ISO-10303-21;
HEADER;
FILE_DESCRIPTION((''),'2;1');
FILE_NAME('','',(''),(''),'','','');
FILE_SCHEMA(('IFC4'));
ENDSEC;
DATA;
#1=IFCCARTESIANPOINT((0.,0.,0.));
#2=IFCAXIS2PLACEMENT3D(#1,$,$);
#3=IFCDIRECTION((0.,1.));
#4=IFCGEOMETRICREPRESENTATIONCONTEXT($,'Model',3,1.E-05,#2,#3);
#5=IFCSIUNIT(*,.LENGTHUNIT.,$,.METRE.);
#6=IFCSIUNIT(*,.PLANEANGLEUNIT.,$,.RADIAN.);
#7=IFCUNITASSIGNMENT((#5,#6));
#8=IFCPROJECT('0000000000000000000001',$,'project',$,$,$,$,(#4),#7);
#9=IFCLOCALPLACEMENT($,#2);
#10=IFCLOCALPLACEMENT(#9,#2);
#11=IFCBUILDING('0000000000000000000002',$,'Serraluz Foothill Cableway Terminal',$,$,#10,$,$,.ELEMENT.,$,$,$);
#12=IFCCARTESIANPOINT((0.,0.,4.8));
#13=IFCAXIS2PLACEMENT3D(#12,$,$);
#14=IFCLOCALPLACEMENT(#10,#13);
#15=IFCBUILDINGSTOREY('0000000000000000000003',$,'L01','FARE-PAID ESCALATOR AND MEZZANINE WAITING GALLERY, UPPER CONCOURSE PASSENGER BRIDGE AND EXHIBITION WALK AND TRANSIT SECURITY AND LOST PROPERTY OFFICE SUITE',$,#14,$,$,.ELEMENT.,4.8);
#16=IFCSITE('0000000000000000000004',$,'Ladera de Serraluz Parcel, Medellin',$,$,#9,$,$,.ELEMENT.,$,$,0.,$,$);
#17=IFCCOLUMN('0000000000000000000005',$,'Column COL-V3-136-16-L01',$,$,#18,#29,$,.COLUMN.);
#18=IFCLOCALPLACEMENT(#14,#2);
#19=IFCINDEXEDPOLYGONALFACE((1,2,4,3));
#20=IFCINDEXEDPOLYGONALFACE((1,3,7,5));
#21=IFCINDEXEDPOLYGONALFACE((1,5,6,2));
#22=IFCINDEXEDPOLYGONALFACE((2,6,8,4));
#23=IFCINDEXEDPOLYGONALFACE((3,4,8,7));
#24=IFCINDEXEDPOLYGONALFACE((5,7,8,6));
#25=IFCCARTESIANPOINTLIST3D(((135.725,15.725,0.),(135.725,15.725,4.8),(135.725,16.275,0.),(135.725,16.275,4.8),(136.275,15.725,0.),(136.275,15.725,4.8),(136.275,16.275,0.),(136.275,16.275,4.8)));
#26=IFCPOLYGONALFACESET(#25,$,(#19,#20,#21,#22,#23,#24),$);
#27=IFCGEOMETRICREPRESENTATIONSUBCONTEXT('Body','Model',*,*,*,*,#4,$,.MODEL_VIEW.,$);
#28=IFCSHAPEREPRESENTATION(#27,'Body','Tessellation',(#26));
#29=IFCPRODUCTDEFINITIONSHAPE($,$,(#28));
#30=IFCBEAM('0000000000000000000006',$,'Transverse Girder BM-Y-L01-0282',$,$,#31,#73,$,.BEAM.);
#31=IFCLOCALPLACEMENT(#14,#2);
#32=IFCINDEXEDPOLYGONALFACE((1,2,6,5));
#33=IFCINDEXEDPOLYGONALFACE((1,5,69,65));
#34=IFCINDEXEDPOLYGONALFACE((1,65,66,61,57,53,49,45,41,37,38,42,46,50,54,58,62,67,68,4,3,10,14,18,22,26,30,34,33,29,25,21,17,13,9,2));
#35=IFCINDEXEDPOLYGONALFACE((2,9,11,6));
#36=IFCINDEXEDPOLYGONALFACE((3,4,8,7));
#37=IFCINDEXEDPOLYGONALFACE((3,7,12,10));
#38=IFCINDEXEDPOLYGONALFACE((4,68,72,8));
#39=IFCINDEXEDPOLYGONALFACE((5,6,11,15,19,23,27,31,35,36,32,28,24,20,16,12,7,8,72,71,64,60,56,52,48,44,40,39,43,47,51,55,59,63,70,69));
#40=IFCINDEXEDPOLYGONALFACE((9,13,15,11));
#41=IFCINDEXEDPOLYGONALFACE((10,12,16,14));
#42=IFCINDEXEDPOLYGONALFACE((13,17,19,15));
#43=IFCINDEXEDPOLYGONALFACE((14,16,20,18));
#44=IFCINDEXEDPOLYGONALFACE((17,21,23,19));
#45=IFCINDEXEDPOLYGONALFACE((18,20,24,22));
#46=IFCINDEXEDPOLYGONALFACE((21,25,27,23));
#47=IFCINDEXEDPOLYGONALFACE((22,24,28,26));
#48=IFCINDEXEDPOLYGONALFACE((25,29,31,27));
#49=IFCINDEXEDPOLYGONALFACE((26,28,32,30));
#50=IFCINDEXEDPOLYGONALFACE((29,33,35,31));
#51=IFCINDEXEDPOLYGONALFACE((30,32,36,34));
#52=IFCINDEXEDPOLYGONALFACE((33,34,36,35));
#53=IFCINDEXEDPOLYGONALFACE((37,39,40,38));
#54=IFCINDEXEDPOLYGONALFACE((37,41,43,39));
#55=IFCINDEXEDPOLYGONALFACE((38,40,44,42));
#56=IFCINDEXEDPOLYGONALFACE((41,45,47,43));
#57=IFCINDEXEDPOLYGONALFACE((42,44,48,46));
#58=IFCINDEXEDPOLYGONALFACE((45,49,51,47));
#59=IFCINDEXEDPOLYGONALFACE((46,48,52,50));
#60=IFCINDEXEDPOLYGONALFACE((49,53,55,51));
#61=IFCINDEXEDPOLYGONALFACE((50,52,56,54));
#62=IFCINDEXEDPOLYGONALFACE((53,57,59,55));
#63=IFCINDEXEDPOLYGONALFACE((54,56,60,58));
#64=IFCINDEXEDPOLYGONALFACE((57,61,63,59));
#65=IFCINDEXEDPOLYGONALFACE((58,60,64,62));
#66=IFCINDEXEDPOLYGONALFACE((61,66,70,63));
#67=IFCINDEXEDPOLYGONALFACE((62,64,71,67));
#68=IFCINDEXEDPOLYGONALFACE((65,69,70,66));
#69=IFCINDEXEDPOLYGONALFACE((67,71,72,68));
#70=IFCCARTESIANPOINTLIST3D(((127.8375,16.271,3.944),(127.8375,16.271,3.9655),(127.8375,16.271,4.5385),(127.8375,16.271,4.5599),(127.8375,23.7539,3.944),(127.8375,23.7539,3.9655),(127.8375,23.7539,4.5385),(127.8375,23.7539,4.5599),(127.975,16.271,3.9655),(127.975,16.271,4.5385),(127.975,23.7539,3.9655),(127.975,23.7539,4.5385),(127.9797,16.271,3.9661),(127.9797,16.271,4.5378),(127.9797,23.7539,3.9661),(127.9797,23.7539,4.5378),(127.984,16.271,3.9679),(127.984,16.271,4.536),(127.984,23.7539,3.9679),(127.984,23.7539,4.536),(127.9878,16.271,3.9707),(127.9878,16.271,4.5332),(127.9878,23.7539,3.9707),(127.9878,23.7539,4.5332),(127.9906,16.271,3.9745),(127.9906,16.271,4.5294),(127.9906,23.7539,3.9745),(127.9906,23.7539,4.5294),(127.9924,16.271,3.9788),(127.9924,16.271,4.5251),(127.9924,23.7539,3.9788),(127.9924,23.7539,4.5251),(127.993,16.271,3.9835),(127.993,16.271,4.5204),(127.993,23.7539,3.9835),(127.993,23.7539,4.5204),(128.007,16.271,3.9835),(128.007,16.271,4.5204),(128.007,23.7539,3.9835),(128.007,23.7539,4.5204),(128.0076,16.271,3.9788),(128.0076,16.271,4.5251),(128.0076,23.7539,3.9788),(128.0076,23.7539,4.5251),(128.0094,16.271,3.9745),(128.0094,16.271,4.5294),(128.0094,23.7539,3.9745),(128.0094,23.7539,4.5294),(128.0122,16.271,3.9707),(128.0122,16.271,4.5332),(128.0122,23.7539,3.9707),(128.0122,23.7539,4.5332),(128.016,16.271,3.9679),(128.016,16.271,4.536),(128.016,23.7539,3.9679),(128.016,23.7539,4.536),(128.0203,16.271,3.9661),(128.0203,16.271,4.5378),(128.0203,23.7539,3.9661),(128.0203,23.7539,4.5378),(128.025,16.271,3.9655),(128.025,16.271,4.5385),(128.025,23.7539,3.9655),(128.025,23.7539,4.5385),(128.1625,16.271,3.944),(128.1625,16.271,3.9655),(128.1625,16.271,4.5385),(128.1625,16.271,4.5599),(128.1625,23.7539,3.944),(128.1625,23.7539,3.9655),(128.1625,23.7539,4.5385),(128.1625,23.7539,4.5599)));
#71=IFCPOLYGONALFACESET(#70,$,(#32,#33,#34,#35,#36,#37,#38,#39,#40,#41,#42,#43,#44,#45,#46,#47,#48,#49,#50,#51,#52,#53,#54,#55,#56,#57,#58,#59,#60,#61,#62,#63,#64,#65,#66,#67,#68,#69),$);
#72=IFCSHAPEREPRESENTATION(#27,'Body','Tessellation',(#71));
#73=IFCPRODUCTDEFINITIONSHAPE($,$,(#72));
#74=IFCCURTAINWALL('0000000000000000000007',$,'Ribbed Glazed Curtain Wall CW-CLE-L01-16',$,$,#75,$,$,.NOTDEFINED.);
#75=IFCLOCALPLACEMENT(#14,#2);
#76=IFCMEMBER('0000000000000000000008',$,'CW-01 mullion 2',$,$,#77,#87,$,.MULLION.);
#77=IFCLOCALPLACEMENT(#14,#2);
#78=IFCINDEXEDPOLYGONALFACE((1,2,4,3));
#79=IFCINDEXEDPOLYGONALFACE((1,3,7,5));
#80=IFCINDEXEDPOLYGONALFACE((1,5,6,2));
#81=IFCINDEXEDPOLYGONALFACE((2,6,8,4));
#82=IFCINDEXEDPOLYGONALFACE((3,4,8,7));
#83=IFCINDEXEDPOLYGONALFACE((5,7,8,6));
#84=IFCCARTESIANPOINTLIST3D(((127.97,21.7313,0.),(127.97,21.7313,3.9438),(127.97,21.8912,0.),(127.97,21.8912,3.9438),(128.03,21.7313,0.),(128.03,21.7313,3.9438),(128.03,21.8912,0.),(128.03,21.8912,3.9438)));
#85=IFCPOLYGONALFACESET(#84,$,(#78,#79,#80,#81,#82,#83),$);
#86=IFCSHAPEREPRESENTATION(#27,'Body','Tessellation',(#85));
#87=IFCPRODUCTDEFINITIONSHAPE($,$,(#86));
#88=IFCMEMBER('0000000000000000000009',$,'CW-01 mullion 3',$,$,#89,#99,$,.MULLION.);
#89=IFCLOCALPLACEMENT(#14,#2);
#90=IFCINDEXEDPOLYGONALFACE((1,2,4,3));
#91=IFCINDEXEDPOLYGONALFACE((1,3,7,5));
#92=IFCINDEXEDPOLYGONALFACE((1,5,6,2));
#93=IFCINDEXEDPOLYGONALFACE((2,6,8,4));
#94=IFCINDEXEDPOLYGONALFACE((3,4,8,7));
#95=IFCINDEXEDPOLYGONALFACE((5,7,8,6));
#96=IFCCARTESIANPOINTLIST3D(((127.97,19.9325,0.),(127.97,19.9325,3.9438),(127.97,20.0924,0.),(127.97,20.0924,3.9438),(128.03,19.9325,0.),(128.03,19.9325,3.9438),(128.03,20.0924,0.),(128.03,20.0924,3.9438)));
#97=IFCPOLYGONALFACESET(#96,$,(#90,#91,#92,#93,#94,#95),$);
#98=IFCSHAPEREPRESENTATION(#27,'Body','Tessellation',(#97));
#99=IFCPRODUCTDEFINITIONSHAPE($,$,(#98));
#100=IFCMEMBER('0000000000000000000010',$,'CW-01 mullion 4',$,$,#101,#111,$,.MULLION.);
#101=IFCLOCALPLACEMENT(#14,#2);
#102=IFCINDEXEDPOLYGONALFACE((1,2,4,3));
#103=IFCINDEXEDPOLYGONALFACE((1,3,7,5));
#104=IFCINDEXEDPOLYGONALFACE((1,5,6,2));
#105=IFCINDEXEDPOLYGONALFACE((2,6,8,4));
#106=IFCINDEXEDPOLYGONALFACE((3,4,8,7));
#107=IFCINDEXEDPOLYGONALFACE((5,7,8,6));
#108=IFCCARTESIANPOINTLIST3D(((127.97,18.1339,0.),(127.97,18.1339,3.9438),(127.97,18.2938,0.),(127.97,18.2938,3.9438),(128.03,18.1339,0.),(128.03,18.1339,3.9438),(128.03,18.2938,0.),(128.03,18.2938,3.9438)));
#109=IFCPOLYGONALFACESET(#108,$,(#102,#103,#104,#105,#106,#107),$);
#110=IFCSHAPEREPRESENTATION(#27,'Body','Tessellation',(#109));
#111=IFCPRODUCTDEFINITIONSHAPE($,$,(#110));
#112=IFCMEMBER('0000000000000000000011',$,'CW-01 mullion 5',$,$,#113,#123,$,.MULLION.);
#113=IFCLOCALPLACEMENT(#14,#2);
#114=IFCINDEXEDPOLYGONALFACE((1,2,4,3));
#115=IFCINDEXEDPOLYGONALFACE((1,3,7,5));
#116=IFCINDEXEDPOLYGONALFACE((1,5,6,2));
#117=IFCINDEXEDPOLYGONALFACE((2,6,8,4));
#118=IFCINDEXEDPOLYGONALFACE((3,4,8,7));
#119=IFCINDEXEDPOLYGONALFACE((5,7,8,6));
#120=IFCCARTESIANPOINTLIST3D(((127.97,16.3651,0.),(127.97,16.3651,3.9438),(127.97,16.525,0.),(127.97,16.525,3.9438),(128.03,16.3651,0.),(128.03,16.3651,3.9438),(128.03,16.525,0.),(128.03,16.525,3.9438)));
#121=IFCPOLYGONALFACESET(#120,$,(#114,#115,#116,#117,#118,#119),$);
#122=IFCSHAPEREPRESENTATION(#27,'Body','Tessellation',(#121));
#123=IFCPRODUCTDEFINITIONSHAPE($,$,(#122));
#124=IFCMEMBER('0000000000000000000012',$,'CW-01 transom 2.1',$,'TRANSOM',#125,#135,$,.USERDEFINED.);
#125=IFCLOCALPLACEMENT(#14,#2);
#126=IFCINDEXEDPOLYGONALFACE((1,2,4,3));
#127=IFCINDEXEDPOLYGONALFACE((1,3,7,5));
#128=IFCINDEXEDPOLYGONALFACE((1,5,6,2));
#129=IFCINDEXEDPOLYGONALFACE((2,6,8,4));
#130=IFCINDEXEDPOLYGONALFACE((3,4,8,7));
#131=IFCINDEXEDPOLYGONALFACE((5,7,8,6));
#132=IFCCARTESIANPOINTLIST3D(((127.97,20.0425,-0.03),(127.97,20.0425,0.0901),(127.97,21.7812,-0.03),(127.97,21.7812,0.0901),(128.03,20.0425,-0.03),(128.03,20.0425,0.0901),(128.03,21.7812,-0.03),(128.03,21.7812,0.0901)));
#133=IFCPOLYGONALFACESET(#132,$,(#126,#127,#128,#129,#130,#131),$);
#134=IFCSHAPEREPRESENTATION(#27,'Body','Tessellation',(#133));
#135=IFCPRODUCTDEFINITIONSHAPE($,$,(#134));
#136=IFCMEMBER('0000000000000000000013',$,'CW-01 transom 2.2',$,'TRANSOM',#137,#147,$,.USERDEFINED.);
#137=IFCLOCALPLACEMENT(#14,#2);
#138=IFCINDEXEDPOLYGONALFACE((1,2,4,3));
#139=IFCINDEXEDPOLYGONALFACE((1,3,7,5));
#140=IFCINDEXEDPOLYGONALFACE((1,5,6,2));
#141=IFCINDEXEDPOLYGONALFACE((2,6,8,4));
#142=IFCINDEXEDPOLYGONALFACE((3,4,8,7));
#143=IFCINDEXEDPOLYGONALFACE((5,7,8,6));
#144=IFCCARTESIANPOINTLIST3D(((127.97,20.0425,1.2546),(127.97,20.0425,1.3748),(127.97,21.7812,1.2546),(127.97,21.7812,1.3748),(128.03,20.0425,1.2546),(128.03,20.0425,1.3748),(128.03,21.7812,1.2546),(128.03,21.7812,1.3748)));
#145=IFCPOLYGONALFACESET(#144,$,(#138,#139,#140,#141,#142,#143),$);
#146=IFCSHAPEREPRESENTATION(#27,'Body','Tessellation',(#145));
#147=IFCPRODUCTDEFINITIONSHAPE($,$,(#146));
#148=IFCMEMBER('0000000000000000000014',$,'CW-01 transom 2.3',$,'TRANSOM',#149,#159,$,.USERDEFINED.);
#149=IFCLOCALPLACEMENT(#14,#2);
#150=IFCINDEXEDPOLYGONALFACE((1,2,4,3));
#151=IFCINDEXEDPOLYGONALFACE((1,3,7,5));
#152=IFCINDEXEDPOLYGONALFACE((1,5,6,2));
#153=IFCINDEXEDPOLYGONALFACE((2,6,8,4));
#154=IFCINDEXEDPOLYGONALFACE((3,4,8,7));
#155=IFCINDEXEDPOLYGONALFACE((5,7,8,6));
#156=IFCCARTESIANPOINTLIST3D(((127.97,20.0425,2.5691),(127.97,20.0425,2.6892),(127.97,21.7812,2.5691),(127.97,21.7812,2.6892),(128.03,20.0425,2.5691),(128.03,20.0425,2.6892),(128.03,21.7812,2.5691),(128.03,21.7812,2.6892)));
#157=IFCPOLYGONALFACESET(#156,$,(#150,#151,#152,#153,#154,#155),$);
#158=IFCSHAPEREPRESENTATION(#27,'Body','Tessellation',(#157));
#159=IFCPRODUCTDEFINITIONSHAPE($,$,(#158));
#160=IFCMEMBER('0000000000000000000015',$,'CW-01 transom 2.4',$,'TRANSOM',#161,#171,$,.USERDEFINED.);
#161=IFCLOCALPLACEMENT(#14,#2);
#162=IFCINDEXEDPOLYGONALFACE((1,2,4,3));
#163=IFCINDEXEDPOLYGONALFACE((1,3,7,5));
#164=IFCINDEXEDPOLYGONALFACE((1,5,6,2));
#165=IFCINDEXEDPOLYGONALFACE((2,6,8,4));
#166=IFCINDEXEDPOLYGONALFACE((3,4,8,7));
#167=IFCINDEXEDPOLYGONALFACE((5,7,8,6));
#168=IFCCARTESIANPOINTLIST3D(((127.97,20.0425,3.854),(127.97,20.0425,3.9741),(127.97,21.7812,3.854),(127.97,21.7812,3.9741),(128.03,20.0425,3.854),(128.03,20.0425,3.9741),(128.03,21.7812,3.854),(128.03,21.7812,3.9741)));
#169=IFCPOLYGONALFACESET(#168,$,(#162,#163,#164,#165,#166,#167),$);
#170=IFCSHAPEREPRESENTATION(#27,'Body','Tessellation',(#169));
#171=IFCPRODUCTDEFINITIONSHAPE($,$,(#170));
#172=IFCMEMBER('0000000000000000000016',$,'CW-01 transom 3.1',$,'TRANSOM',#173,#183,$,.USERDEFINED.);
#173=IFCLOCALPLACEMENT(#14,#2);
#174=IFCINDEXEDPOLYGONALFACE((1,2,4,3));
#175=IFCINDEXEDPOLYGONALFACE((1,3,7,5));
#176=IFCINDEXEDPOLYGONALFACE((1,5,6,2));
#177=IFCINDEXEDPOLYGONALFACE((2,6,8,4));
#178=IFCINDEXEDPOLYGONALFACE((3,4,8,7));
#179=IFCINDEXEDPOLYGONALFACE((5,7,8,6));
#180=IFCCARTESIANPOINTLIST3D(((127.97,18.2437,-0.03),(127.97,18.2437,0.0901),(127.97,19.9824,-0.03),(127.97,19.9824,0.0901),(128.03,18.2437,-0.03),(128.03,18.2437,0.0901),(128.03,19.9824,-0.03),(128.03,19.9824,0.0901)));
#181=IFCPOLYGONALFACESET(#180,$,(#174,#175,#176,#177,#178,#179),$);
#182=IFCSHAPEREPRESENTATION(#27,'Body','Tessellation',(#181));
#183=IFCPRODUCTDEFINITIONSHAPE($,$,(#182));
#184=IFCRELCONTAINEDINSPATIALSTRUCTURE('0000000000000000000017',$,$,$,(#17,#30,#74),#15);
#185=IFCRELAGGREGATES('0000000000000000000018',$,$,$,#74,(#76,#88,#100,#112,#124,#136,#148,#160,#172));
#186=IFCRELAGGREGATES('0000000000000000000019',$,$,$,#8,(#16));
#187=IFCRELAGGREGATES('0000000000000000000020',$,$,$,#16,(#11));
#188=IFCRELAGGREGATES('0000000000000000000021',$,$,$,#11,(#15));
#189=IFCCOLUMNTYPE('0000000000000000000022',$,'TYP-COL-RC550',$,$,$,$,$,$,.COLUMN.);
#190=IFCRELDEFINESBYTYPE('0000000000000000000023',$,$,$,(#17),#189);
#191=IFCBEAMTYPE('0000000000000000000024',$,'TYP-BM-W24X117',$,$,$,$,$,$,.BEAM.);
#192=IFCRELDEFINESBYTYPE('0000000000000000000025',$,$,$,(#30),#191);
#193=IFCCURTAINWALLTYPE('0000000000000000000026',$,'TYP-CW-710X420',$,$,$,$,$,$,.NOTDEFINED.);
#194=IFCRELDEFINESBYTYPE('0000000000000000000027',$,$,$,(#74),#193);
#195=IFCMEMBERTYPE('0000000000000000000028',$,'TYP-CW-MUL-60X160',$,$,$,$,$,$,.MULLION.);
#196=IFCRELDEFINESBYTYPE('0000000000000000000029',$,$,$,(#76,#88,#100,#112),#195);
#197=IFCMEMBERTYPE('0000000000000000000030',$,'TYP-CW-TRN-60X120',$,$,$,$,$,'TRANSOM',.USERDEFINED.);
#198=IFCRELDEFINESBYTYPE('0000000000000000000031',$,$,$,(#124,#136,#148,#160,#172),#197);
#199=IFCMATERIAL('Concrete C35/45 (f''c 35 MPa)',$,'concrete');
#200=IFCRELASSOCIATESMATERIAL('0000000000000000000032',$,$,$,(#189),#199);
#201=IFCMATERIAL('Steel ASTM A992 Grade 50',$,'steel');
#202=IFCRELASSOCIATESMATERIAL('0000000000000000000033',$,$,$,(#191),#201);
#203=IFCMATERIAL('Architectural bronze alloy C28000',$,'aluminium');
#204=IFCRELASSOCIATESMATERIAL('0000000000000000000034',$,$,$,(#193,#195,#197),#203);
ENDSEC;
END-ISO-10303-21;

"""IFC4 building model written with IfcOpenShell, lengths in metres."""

from ifc_helpers import new_model, si_unit, direction, frame, origin, origin_2d, place, context, subcontext, project, spatial, rectangle, i_section, extrude, material, material_profile, profile_set, type_object, element, aggregate, save


model = new_model("IFC4")

# Units and contexts
model_context = context("Model", 3, precision=1e-05, world=origin(), true_north=direction((0.0, 1.0)))
body_context = subcontext(model_context, "Body", "Model", "MODEL_VIEW")
ifc_project = project(units=[si_unit("LENGTHUNIT", "METRE"), si_unit("PLANEANGLEUNIT", "RADIAN")], contexts=[model_context])

# Site, building, storey
site_placement = place(None, origin())
site = spatial("IfcSite", under=ifc_project, at=site_placement, Name="Ladera de Serraluz Parcel, Medellin", CompositionType="ELEMENT", RefElevation=0.0)
building_placement = place(site_placement, origin())
building = spatial("IfcBuilding", under=site, at=building_placement, Name="Serraluz Foothill Cableway Terminal", CompositionType="ELEMENT")
storey_placement = place(building_placement, frame((0.0, 0.0, 4.8)))
storey = spatial("IfcBuildingStorey", under=building, at=storey_placement, Name="L01", Description="FARE-PAID ESCALATOR AND MEZZANINE WAITING GALLERY, UPPER CONCOURSE PASSENGER BRIDGE AND EXHIBITION WALK AND TRANSIT SECURITY AND LOST PROPERTY OFFICE SUITE", CompositionType="ELEMENT", Elevation=4.8)

# Column
ifc_material_1 = material(Name="Concrete C35/45 (f'c 35 MPa)", Category="concrete")
ifc_material_profile_1 = material_profile(ifc_material_1, rectangle(XDim=0.55, YDim=0.55, at=origin_2d()), Name="RC 550x550")
ifc_profile_set_1 = profile_set([ifc_material_profile_1], Name="Concrete C35/45 (f'c 35 MPa)")
column_type = type_object("IfcColumnType", Name="TYP-COL-RC550", PredefinedType="COLUMN", material=ifc_profile_set_1)
column_placement = place(storey_placement, frame((136.0, 16.0, 0.0), z_axis=(0.0, 0.0, 1.0), x_axis=(1.0, 0.0, 0.0)))
element("IfcColumn", 1, at=column_placement, inside=storey, type_object=column_type, Name="Column COL-V3-136-16-L01", PredefinedType="COLUMN", context=body_context, shape_type="SweptSolid", body=[
    extrude(rectangle(XDim=0.55, YDim=0.55, at=origin_2d()), origin(), (0.0, 0.0, 1.0), 4.8),
])

# Beam
ifc_material_2 = material(Name="Steel ASTM A992 Grade 50", Category="steel")
ifc_material_profile_2 = material_profile(ifc_material_2, i_section(OverallWidth=0.325, OverallDepth=0.616, WebThickness=0.0139, FlangeThickness=0.0215, FilletRadius=0.0181, at=origin_2d()), Name="W24X117")
ifc_profile_set_2 = profile_set([ifc_material_profile_2], Name="Steel ASTM A992 Grade 50")
beam_type_1 = type_object("IfcBeamType", Name="TYP-BM-W24X117", PredefinedType="BEAM", material=ifc_profile_set_2)
beam_1_placement = place(storey_placement, frame((128.0, 16.271, 4.252), z_axis=(0.0, 1.0, 0.0), x_axis=(-1.0, 0.0, 0.0)))
element("IfcBeam", 2, at=beam_1_placement, inside=storey, type_object=beam_type_1, Name="Transverse Girder BM-Y-L01-0282", PredefinedType="BEAM", context=body_context, shape_type="SweptSolid", body=[
    extrude(i_section(OverallWidth=0.325, OverallDepth=0.616, WebThickness=0.0139, FlangeThickness=0.0215, FilletRadius=0.0181, at=origin_2d()), origin(), (0.0, 0.0, 1.0), 7.4829),
])

# Curtain wall, members
ifc_material_3 = material(Name="Architectural bronze alloy C28000", Category="aluminium")
curtain_wall_type = type_object("IfcCurtainWallType", Name="TYP-CW-710X420", PredefinedType="NOTDEFINED", material=ifc_material_3)
curtain_wall_placement = place(storey_placement, origin())
curtain_wall = element("IfcCurtainWall", 3, at=curtain_wall_placement, inside=storey, type_object=curtain_wall_type, Name="Ribbed Glazed Curtain Wall CW-CLE-L01-16", PredefinedType="NOTDEFINED")
ifc_material_profile_3 = material_profile(ifc_material_3, rectangle(XDim=0.0601, YDim=0.1599, at=origin_2d()), Name="ALU MULLION 60x160")
ifc_profile_set_3 = profile_set([ifc_material_profile_3], Name="Architectural bronze alloy C28000")
member_type_1 = type_object("IfcMemberType", Name="TYP-CW-MUL-60X160", PredefinedType="MULLION", material=ifc_profile_set_3)
member_1_placement = place(storey_placement, frame((128.0, 21.8113, 0.0), z_axis=(0.0, 0.0, 1.0), x_axis=(1.0, 0.0, 0.0)))
member_1 = element("IfcMember", 4, at=member_1_placement, type_object=member_type_1, Name="CW-01 mullion 2", PredefinedType="MULLION", context=body_context, shape_type="SweptSolid", body=[
    extrude(rectangle(XDim=0.0601, YDim=0.1599, at=origin_2d()), origin(), (0.0, 0.0, 1.0), 3.9438),
])
member_2_placement = place(storey_placement, frame((128.0, 20.0125, 0.0), z_axis=(0.0, 0.0, 1.0), x_axis=(1.0, 0.0, 0.0)))
member_2 = element("IfcMember", 5, at=member_2_placement, type_object=member_type_1, Name="CW-01 mullion 3", PredefinedType="MULLION", context=body_context, shape_type="SweptSolid", body=[
    extrude(rectangle(XDim=0.0601, YDim=0.1599, at=origin_2d()), origin(), (0.0, 0.0, 1.0), 3.9438),
])
member_3_placement = place(storey_placement, frame((128.0, 18.2139, 0.0), z_axis=(0.0, 0.0, 1.0), x_axis=(1.0, 0.0, 0.0)))
member_3 = element("IfcMember", 6, at=member_3_placement, type_object=member_type_1, Name="CW-01 mullion 4", PredefinedType="MULLION", context=body_context, shape_type="SweptSolid", body=[
    extrude(rectangle(XDim=0.0601, YDim=0.1599, at=origin_2d()), origin(), (0.0, 0.0, 1.0), 3.9438),
])
member_4_placement = place(storey_placement, frame((128.0, 16.4451, 0.0), z_axis=(0.0, 0.0, 1.0), x_axis=(1.0, 0.0, 0.0)))
member_4 = element("IfcMember", 7, at=member_4_placement, type_object=member_type_1, Name="CW-01 mullion 5", PredefinedType="MULLION", context=body_context, shape_type="SweptSolid", body=[
    extrude(rectangle(XDim=0.0601, YDim=0.1599, at=origin_2d()), origin(), (0.0, 0.0, 1.0), 3.9438),
])
ifc_material_profile_4 = material_profile(ifc_material_3, rectangle(XDim=0.0601, YDim=0.1201, at=origin_2d()), Name="ALU TRANSOM 60x120")
ifc_profile_set_4 = profile_set([ifc_material_profile_4], Name="Architectural bronze alloy C28000")
member_type_2 = type_object("IfcMemberType", Name="TYP-CW-TRN-60X120", ElementType="TRANSOM", PredefinedType="USERDEFINED", material=ifc_profile_set_4)
member_5_placement = place(storey_placement, frame((128.0, 21.7812, 0.03), z_axis=(0.0, -1.0, 0.0), x_axis=(1.0, 0.0, 0.0)))
member_5 = element("IfcMember", 8, at=member_5_placement, type_object=member_type_2, Name="CW-01 transom 2.1", ObjectType="TRANSOM", PredefinedType="USERDEFINED", context=body_context, shape_type="SweptSolid", body=[
    extrude(rectangle(XDim=0.0601, YDim=0.1201, at=origin_2d()), origin(), (0.0, 0.0, 1.0), 1.7388),
])
member_6_placement = place(storey_placement, frame((128.0, 21.7812, 1.3147), z_axis=(0.0, -1.0, 0.0), x_axis=(1.0, 0.0, 0.0)))
member_6 = element("IfcMember", 9, at=member_6_placement, type_object=member_type_2, Name="CW-01 transom 2.2", ObjectType="TRANSOM", PredefinedType="USERDEFINED", context=body_context, shape_type="SweptSolid", body=[
    extrude(rectangle(XDim=0.0601, YDim=0.1201, at=origin_2d()), origin(), (0.0, 0.0, 1.0), 1.7388),
])
member_7_placement = place(storey_placement, frame((128.0, 21.7812, 2.6292), z_axis=(0.0, -1.0, 0.0), x_axis=(1.0, 0.0, 0.0)))
member_7 = element("IfcMember", 10, at=member_7_placement, type_object=member_type_2, Name="CW-01 transom 2.3", ObjectType="TRANSOM", PredefinedType="USERDEFINED", context=body_context, shape_type="SweptSolid", body=[
    extrude(rectangle(XDim=0.0601, YDim=0.1201, at=origin_2d()), origin(), (0.0, 0.0, 1.0), 1.7388),
])
member_8_placement = place(storey_placement, frame((128.0, 21.7812, 3.9141), z_axis=(0.0, -1.0, 0.0), x_axis=(1.0, 0.0, 0.0)))
member_8 = element("IfcMember", 11, at=member_8_placement, type_object=member_type_2, Name="CW-01 transom 2.4", ObjectType="TRANSOM", PredefinedType="USERDEFINED", context=body_context, shape_type="SweptSolid", body=[
    extrude(rectangle(XDim=0.0601, YDim=0.1201, at=origin_2d()), origin(), (0.0, 0.0, 1.0), 1.7388),
])
member_9_placement = place(storey_placement, frame((128.0, 19.9824, 0.03), z_axis=(0.0, -1.0, 0.0), x_axis=(1.0, 0.0, 0.0)))
member_9 = element("IfcMember", 12, at=member_9_placement, type_object=member_type_2, Name="CW-01 transom 3.1", ObjectType="TRANSOM", PredefinedType="USERDEFINED", context=body_context, shape_type="SweptSolid", body=[
    extrude(rectangle(XDim=0.0601, YDim=0.1201, at=origin_2d()), origin(), (0.0, 0.0, 1.0), 1.7388),
])

aggregate(curtain_wall, [member_1, member_2, member_3, member_4, member_5, member_6, member_7, member_8, member_9])

save(model, "model.ifc")
